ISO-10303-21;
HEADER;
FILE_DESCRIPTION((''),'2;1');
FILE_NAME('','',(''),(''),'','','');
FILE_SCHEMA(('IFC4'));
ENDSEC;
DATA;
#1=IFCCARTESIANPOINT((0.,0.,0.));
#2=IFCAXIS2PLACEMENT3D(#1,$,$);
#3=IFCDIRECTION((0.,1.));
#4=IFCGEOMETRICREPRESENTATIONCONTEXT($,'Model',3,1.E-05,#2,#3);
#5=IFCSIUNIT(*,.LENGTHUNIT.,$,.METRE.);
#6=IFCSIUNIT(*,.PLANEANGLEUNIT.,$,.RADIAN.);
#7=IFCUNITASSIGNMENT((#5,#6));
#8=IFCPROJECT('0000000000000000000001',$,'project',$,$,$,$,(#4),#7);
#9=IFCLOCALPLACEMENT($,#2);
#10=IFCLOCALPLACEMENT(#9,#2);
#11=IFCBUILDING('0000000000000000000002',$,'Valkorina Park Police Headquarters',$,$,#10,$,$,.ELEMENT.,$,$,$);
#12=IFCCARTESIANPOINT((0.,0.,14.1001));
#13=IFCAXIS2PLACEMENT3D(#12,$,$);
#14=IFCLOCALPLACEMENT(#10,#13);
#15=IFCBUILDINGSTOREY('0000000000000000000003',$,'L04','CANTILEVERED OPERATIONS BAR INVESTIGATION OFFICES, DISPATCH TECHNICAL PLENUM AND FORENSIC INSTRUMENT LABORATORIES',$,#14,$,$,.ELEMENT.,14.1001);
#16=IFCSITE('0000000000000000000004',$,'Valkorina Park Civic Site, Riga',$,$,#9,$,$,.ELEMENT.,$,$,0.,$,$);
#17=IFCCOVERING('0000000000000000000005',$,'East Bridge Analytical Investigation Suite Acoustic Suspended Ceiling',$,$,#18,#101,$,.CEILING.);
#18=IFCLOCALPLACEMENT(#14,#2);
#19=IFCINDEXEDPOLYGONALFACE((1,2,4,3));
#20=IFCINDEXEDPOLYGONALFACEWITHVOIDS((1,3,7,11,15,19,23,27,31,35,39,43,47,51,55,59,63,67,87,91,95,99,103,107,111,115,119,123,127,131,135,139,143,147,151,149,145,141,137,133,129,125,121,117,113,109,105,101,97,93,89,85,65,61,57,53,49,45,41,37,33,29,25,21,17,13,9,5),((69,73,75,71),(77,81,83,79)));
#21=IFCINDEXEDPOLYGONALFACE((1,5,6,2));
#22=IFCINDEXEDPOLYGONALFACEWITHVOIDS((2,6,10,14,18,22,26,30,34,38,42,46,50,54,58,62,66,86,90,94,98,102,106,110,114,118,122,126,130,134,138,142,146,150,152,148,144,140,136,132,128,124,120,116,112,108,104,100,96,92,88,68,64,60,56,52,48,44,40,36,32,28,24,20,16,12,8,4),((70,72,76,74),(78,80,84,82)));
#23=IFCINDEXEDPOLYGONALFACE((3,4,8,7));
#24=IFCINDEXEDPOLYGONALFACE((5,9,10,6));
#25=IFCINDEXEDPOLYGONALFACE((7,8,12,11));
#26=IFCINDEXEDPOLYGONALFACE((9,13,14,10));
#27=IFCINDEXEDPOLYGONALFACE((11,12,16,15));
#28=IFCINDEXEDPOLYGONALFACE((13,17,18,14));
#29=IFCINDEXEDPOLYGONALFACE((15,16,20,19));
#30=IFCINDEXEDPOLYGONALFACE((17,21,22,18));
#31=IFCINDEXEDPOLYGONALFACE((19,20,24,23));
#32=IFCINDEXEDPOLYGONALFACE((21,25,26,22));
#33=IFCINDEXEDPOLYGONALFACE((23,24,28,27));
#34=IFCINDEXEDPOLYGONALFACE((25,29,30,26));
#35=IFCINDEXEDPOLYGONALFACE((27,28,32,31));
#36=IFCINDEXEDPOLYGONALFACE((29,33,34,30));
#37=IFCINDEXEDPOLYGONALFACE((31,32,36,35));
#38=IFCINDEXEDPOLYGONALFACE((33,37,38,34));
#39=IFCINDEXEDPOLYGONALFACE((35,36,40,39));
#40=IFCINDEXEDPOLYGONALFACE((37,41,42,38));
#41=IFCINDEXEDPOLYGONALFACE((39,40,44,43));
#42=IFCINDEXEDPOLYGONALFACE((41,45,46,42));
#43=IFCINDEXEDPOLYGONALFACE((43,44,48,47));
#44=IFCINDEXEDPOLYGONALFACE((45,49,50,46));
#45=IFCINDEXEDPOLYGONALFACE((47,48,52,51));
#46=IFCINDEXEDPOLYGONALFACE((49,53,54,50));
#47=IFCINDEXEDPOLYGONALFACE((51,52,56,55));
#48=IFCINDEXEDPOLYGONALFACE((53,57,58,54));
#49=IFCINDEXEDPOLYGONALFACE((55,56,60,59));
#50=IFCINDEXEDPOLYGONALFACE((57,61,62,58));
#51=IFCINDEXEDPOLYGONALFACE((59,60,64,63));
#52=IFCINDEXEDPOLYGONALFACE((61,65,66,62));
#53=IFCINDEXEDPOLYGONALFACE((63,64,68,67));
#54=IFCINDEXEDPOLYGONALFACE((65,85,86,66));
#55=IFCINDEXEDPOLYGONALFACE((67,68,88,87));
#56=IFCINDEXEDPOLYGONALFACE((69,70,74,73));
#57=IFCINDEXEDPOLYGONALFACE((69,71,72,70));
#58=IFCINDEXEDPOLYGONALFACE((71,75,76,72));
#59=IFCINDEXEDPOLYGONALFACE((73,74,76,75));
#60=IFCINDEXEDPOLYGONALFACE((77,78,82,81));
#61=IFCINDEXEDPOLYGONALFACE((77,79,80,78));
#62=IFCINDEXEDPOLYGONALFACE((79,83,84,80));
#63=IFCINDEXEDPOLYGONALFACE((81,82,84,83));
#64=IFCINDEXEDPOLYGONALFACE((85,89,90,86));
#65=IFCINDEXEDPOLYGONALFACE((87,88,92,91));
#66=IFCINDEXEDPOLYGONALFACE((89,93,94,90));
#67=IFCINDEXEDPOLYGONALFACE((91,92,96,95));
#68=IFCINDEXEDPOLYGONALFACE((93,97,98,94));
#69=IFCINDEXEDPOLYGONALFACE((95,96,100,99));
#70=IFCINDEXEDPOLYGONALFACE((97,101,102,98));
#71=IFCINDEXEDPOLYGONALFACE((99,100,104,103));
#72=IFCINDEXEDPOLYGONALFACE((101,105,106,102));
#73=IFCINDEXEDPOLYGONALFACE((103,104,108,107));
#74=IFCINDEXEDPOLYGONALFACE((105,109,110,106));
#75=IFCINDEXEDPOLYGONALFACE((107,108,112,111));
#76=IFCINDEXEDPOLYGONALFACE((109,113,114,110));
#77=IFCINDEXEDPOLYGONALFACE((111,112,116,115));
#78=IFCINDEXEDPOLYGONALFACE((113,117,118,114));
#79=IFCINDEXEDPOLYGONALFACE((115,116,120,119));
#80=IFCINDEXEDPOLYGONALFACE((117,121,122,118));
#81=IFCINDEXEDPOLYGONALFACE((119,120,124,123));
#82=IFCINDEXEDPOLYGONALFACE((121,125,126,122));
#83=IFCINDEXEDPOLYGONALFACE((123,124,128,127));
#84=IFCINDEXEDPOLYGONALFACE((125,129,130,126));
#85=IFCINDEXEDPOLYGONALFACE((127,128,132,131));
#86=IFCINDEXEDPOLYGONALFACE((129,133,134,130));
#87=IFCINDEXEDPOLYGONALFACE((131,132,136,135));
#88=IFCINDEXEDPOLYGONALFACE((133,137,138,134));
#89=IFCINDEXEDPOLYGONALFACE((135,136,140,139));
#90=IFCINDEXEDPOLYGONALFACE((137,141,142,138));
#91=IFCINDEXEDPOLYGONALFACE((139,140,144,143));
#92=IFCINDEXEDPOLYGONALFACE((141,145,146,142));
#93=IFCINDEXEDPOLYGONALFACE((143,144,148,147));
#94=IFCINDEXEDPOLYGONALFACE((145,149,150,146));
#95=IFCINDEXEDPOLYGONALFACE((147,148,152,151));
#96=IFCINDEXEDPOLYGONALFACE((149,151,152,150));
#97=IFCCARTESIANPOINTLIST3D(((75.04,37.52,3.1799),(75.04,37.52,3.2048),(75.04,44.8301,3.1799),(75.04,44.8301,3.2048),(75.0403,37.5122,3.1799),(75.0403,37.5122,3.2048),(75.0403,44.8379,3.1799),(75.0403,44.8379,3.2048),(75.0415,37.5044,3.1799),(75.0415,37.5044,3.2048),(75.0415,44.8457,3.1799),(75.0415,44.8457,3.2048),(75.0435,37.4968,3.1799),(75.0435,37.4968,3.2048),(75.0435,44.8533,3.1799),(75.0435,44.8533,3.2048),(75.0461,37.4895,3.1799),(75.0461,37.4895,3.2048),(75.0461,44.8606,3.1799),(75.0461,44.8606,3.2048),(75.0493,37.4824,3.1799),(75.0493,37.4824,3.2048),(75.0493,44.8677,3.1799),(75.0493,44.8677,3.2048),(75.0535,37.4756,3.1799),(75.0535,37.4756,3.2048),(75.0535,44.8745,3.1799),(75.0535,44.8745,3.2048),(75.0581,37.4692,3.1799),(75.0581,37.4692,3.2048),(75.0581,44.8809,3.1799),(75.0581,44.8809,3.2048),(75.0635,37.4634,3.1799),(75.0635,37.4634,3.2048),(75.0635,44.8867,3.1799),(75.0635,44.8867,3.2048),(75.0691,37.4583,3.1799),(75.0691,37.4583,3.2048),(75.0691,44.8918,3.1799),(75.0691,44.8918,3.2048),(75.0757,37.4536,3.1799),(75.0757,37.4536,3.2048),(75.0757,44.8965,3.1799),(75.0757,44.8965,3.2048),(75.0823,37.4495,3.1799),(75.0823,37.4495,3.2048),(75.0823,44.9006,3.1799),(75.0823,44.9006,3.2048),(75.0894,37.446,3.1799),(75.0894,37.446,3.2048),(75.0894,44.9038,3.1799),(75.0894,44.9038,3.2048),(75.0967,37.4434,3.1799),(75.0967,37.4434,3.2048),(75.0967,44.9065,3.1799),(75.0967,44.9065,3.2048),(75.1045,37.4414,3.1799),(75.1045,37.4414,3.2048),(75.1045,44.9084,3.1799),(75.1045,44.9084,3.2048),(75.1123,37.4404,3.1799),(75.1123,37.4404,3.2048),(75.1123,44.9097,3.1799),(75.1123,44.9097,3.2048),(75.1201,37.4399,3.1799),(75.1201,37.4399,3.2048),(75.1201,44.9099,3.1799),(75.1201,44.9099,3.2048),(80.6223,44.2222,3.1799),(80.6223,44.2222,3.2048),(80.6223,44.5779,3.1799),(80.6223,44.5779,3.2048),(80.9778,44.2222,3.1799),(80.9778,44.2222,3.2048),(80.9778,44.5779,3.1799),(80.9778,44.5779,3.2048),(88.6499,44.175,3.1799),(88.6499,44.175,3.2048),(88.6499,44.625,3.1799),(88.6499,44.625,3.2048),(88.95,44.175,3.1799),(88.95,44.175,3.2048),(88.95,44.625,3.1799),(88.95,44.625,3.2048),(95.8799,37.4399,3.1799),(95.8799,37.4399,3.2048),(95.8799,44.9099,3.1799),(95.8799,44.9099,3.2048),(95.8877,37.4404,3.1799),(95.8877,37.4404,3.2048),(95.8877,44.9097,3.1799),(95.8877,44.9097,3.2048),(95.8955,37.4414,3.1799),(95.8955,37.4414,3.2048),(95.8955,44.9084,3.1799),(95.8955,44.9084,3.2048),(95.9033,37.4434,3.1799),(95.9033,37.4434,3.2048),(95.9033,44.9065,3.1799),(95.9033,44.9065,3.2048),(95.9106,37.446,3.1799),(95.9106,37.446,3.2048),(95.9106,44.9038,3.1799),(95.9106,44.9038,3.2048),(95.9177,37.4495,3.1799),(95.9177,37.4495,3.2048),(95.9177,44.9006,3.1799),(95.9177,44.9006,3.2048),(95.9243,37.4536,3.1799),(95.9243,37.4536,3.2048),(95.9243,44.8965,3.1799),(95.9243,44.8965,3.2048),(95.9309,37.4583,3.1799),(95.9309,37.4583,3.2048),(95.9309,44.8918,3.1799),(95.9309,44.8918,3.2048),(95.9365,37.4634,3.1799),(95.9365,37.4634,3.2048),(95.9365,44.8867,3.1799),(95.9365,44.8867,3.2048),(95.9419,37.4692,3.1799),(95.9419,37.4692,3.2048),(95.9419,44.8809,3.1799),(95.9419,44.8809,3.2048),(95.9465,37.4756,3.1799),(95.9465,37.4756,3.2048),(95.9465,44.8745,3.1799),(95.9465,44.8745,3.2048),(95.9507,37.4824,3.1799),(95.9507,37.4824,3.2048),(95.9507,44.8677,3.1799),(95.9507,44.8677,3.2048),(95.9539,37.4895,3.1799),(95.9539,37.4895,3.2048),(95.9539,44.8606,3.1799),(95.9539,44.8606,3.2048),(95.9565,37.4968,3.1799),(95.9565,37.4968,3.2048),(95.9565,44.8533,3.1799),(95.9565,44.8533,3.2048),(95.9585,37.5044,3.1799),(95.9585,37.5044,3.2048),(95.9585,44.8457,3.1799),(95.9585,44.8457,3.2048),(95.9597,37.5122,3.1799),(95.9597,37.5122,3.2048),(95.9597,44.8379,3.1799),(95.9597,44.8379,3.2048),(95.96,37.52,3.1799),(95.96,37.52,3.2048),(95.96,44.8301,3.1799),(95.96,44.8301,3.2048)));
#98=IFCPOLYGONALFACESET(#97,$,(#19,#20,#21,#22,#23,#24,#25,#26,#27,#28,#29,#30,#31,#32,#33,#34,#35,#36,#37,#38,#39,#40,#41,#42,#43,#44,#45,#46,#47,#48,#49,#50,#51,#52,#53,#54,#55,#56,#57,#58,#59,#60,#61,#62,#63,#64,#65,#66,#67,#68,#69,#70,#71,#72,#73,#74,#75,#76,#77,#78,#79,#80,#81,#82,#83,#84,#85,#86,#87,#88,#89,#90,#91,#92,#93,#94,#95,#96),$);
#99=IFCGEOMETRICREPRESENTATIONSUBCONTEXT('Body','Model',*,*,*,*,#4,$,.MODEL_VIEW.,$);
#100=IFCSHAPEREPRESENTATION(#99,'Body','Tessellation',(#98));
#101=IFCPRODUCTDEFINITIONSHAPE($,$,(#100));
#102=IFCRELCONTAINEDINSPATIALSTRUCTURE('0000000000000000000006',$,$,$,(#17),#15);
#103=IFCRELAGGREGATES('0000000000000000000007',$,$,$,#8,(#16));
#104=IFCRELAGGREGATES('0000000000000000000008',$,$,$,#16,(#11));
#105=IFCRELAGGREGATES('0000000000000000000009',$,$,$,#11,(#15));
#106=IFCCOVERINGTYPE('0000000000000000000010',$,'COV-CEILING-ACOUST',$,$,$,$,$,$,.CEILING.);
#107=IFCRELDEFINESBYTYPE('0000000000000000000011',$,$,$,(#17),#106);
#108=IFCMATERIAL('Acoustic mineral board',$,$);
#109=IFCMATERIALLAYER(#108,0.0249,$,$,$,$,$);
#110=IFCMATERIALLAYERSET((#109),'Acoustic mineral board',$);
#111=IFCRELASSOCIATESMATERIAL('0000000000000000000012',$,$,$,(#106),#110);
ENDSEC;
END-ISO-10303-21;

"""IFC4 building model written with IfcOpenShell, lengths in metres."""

from ifc_helpers import new_model, si_unit, direction, frame, origin, place, context, subcontext, project, spatial, polyline, outline, extrude, material, layer, layer_set, type_object, element, save


model = new_model("IFC4")

# Units and contexts
model_context = context("Model", 3, precision=1e-05, world=origin(), true_north=direction((0.0, 1.0)))
body_context = subcontext(model_context, "Body", "Model", "MODEL_VIEW")
ifc_project = project(units=[si_unit("LENGTHUNIT", "METRE"), si_unit("PLANEANGLEUNIT", "RADIAN")], contexts=[model_context])

# Site, building, storey
site_placement = place(None, origin())
site = spatial("IfcSite", under=ifc_project, at=site_placement, Name="Valkorina Park Civic Site, Riga", CompositionType="ELEMENT", RefElevation=0.0)
building_placement = place(site_placement, origin())
building = spatial("IfcBuilding", under=site, at=building_placement, Name="Valkorina Park Police Headquarters", CompositionType="ELEMENT")
storey_placement = place(building_placement, frame((0.0, 0.0, 14.1001)))
storey = spatial("IfcBuildingStorey", under=building, at=storey_placement, Name="L04", Description="CANTILEVERED OPERATIONS BAR INVESTIGATION OFFICES, DISPATCH TECHNICAL PLENUM AND FORENSIC INSTRUMENT LABORATORIES", CompositionType="ELEMENT", Elevation=14.1001)

# Covering
ifc_material_1 = material(Name="Acoustic mineral board")
ifc_layer_1 = layer(ifc_material_1, 0.0249)
ifc_layer_set_1 = layer_set([ifc_layer_1], Name="Acoustic mineral board")
covering_type_1 = type_object("IfcCoveringType", Name="COV-CEILING-ACOUST", PredefinedType="CEILING", material=ifc_layer_set_1)
covering_1_placement = place(storey_placement, frame((0.0, 0.0, 3.1799)))
element("IfcCovering", 1, at=covering_1_placement, inside=storey, type_object=covering_type_1, Name="East Bridge Analytical Investigation Suite Acoustic Suspended Ceiling", PredefinedType="CEILING", context=body_context, shape_type="SweptSolid", body=[
    extrude(outline(polyline([(95.9585, 37.5044), (95.9597, 37.5122), (95.96, 37.52), (95.96, 44.8301), (95.9597, 44.8379), (95.9585, 44.8457), (95.9565, 44.8533), (95.9539, 44.8606), (95.9507, 44.8677), (95.9465, 44.8745), (95.9419, 44.8809), (95.9365, 44.8867), (95.9309, 44.8918), (95.9243, 44.8965), (95.9177, 44.9006), (95.9106, 44.9038), (95.9033, 44.9065), (95.8955, 44.9084), (95.8877, 44.9097), (95.8799, 44.9099), (75.1201, 44.9099), (75.1123, 44.9097), (75.1045, 44.9084), (75.0967, 44.9065), (75.0894, 44.9038), (75.0823, 44.9006), (75.0757, 44.8965), (75.0691, 44.8918), (75.0635, 44.8867), (75.0581, 44.8809), (75.0535, 44.8745), (75.0493, 44.8677), (75.0461, 44.8606), (75.0435, 44.8533), (75.0415, 44.8457), (75.0403, 44.8379), (75.04, 44.8301), (75.04, 37.52), (75.0403, 37.5122), (75.0415, 37.5044), (75.0435, 37.4968), (75.0461, 37.4895), (75.0493, 37.4824), (75.0535, 37.4756), (75.0581, 37.4692), (75.0635, 37.4634), (75.0691, 37.4583), (75.0757, 37.4536), (75.0823, 37.4495), (75.0894, 37.446), (75.0967, 37.4434), (75.1045, 37.4414), (75.1123, 37.4404), (75.1201, 37.4399), (95.8799, 37.4399), (95.8877, 37.4404), (95.8955, 37.4414), (95.9033, 37.4434), (95.9106, 37.446), (95.9177, 37.4495), (95.9243, 37.4536), (95.9309, 37.4583), (95.9365, 37.4634), (95.9419, 37.4692), (95.9465, 37.4756), (95.9507, 37.4824), (95.9539, 37.4895), (95.9565, 37.4968), (95.9585, 37.5044)]), holes=[polyline([(88.6499, 44.625), (88.95, 44.625), (88.95, 44.175), (88.6499, 44.175), (88.6499, 44.625)]), polyline([(80.9778, 44.5779), (80.9778, 44.2222), (80.6223, 44.2222), (80.6223, 44.5779), (80.9778, 44.5779)])]), origin(), (0.0, 0.0, 1.0), 0.0249),
])

save(model, "model.ifc")
